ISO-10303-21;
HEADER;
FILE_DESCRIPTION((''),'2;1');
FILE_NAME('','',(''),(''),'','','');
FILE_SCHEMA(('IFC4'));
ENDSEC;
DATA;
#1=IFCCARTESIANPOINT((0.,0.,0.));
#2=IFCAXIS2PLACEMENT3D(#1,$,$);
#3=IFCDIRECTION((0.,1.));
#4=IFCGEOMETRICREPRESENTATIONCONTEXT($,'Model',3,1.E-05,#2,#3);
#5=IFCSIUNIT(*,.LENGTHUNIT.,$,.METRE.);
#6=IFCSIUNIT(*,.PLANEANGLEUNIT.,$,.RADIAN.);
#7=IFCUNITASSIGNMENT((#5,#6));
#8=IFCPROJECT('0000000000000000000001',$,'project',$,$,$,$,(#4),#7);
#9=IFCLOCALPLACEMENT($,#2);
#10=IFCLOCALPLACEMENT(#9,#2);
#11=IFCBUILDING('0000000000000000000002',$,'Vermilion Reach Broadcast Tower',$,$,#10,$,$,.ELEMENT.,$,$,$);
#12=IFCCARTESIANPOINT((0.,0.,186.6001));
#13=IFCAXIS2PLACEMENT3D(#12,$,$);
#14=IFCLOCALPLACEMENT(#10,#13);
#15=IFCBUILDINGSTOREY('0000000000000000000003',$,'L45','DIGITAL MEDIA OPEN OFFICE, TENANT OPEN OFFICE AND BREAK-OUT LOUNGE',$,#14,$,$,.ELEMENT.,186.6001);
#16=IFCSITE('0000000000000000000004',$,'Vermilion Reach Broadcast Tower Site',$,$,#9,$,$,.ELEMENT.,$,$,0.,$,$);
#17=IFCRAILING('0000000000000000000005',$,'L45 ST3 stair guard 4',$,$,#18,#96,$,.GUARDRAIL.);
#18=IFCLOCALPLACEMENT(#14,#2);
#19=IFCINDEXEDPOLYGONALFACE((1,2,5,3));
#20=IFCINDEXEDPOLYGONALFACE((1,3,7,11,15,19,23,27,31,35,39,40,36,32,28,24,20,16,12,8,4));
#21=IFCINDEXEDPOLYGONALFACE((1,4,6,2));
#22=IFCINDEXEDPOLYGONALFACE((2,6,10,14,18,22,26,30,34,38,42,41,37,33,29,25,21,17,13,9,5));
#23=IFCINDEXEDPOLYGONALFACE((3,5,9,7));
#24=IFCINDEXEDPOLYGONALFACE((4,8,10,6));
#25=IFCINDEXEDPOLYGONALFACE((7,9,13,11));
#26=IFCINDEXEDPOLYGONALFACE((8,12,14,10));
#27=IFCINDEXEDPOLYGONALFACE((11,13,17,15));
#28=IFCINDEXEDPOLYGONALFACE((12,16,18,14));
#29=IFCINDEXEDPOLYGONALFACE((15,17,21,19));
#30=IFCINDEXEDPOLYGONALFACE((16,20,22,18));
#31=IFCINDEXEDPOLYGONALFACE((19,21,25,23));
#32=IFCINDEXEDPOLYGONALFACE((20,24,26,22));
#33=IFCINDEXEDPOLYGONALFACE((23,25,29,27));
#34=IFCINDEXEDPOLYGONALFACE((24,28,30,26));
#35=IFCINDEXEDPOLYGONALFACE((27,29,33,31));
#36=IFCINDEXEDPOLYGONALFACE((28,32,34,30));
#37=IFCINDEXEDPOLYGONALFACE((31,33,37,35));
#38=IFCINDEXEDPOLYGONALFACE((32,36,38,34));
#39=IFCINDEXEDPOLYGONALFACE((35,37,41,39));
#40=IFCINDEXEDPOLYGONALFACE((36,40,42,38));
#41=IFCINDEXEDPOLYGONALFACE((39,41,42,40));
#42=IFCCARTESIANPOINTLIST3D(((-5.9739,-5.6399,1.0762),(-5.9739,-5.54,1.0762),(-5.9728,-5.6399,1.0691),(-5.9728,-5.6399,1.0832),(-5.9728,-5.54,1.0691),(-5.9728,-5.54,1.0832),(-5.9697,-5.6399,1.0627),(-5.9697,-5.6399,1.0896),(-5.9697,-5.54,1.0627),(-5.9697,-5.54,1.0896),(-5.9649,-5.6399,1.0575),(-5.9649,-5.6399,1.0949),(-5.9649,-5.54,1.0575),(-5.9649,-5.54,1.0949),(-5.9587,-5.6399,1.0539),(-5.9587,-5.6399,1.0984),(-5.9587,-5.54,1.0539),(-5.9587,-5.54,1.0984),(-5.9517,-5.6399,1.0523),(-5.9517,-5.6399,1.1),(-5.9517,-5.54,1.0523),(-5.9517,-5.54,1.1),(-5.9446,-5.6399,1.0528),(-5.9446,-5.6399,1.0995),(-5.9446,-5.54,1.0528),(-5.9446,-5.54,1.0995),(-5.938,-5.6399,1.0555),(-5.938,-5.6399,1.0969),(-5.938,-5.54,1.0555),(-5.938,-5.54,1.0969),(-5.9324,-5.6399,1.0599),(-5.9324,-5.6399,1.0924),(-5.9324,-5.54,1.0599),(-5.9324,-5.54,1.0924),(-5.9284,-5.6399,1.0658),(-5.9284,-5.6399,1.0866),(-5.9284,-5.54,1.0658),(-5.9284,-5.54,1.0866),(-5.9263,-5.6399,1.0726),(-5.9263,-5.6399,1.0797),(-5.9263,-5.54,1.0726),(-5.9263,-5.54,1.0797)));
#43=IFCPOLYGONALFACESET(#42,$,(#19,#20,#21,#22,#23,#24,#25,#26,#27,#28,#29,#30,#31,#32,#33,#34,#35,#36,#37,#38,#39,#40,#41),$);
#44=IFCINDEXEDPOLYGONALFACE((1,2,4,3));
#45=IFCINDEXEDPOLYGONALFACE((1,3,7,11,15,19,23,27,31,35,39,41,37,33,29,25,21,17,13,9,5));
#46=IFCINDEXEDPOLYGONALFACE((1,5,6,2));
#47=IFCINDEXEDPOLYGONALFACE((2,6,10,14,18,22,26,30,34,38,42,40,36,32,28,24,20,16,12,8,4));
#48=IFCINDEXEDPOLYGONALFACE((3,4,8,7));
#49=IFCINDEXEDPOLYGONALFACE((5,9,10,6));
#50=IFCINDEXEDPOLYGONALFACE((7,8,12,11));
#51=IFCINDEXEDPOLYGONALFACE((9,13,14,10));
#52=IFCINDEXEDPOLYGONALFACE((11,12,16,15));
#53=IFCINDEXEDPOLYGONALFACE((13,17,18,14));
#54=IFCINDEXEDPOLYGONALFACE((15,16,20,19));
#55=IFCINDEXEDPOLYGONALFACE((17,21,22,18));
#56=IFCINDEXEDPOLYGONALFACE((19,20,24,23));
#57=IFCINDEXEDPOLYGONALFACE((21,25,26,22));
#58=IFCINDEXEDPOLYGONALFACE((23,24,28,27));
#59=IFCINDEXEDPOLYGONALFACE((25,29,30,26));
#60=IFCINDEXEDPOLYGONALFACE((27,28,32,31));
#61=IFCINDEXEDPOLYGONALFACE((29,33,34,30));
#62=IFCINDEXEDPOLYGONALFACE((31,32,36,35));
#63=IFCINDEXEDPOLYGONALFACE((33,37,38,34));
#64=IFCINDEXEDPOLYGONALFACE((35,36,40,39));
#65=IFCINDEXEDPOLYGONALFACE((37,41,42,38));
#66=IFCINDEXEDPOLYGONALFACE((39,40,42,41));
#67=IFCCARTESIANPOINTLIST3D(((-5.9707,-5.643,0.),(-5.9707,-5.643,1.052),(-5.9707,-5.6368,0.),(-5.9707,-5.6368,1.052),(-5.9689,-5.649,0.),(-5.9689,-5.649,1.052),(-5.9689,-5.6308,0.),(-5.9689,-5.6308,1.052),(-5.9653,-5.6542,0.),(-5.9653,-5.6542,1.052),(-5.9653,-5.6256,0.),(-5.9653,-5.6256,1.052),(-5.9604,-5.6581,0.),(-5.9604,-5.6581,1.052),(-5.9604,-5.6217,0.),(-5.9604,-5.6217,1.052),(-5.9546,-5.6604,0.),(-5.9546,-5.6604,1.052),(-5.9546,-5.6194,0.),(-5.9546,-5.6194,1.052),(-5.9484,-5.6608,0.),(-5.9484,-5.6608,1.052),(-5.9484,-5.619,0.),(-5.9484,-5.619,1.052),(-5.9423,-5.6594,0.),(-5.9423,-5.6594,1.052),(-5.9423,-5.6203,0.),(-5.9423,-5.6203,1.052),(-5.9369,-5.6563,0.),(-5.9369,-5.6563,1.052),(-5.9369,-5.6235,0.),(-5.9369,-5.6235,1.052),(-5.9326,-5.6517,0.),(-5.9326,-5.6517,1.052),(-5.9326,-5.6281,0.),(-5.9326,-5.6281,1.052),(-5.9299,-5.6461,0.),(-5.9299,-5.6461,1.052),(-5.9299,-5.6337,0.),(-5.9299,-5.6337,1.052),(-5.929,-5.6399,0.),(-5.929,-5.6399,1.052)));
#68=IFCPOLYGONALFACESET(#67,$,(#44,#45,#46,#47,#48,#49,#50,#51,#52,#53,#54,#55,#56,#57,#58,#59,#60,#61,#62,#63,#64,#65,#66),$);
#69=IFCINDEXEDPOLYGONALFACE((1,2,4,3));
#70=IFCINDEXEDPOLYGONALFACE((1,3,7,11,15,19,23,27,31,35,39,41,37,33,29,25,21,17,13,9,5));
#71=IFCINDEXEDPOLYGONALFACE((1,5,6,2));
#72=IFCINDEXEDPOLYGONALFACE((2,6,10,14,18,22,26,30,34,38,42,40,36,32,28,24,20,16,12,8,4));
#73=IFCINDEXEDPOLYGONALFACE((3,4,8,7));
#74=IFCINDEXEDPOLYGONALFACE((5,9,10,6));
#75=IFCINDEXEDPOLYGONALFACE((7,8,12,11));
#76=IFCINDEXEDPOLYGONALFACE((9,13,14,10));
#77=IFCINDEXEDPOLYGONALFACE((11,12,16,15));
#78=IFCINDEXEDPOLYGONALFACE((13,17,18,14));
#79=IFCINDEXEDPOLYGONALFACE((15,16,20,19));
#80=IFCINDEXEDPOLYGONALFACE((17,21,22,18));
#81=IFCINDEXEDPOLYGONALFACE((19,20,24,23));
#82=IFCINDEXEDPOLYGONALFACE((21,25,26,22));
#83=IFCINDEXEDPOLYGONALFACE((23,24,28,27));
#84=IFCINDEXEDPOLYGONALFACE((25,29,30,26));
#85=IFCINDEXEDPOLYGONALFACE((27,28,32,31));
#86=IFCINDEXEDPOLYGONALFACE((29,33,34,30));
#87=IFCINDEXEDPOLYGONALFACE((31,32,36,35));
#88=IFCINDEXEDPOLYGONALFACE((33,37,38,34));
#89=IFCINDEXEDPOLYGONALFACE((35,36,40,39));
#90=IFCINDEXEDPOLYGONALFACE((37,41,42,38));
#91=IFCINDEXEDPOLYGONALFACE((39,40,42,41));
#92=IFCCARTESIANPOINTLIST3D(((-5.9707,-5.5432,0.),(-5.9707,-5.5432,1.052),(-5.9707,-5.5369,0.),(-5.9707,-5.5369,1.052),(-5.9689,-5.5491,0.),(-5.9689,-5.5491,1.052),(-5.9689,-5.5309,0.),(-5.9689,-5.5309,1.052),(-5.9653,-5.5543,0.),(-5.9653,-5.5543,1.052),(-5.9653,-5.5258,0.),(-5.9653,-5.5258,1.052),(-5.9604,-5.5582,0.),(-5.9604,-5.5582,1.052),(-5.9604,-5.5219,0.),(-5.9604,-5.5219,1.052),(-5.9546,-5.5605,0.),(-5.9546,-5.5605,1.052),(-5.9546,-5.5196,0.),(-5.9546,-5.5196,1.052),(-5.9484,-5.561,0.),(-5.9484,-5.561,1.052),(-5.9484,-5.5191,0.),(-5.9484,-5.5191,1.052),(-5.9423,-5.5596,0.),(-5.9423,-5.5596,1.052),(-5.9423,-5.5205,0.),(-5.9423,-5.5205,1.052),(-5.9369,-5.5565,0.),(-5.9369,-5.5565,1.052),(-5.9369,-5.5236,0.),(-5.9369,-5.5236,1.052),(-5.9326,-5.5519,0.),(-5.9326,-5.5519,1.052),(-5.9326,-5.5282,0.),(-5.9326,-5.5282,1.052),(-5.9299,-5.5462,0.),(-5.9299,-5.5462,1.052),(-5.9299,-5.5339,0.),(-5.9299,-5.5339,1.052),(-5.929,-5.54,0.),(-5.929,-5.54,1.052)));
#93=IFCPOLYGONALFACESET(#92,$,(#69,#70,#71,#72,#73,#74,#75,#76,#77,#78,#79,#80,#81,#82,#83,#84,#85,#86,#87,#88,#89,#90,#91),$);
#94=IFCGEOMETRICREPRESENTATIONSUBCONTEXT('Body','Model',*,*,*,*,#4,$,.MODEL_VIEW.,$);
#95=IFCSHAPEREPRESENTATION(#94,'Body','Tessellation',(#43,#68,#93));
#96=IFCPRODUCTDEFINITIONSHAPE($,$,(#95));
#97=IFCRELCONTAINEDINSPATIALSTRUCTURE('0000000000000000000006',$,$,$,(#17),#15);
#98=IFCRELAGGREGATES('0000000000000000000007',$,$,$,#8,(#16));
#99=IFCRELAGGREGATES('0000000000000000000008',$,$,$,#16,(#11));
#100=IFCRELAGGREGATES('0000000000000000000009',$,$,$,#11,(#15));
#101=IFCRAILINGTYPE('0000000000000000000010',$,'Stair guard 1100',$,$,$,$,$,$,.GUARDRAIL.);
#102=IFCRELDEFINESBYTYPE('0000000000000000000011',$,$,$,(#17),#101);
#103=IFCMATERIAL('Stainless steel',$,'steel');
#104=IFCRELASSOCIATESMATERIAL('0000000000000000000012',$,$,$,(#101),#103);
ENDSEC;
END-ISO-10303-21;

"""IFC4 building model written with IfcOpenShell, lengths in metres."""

from ifc_helpers import new_model, si_unit, direction, frame, origin, origin_2d, place, context, subcontext, project, spatial, circle, extrude, material, type_object, element, save


model = new_model("IFC4")

# Units and contexts
model_context = context("Model", 3, precision=1e-05, world=origin(), true_north=direction((0.0, 1.0)))
body_context = subcontext(model_context, "Body", "Model", "MODEL_VIEW")
ifc_project = project(units=[si_unit("LENGTHUNIT", "METRE"), si_unit("PLANEANGLEUNIT", "RADIAN")], contexts=[model_context])

# Site, building, storey
site_placement = place(None, origin())
site = spatial("IfcSite", under=ifc_project, at=site_placement, Name="Vermilion Reach Broadcast Tower Site", CompositionType="ELEMENT", RefElevation=0.0)
building_placement = place(site_placement, origin())
building = spatial("IfcBuilding", under=site, at=building_placement, Name="Vermilion Reach Broadcast Tower", CompositionType="ELEMENT")
storey_placement = place(building_placement, frame((0.0, 0.0, 186.6001)))
storey = spatial("IfcBuildingStorey", under=building, at=storey_placement, Name="L45", Description="DIGITAL MEDIA OPEN OFFICE, TENANT OPEN OFFICE AND BREAK-OUT LOUNGE", CompositionType="ELEMENT", Elevation=186.6001)

# Railing
ifc_material_1 = material(Name="Stainless steel", Category="steel")
railing_type_1 = type_object("IfcRailingType", Name="Stair guard 1100", PredefinedType="GUARDRAIL", material=ifc_material_1)
railing_1_placement = place(storey_placement, frame((-5.95, -5.6399, 0.0)))
element("IfcRailing", 1, at=railing_1_placement, inside=storey, type_object=railing_type_1, Name="L45 ST3 stair guard 4", PredefinedType="GUARDRAIL", context=body_context, shape_type="SweptSolid", body=[
    extrude(circle(Radius=0.0239, at=origin_2d()), frame((0.0, 0.0, 1.0762), z_axis=(0.0, 1.0, 0.0), x_axis=(-1.0, 0.0, 0.0)), (0.0, 0.0, 1.0), 0.0999),
    extrude(circle(Radius=0.021, at=origin_2d()), origin(), (0.0, 0.0, 1.0), 1.052),
    extrude(circle(Radius=0.021, at=origin_2d()), frame((0.0, 0.0999, 0.0)), (0.0, 0.0, 1.0), 1.052),
])

save(model, "model.ifc")
